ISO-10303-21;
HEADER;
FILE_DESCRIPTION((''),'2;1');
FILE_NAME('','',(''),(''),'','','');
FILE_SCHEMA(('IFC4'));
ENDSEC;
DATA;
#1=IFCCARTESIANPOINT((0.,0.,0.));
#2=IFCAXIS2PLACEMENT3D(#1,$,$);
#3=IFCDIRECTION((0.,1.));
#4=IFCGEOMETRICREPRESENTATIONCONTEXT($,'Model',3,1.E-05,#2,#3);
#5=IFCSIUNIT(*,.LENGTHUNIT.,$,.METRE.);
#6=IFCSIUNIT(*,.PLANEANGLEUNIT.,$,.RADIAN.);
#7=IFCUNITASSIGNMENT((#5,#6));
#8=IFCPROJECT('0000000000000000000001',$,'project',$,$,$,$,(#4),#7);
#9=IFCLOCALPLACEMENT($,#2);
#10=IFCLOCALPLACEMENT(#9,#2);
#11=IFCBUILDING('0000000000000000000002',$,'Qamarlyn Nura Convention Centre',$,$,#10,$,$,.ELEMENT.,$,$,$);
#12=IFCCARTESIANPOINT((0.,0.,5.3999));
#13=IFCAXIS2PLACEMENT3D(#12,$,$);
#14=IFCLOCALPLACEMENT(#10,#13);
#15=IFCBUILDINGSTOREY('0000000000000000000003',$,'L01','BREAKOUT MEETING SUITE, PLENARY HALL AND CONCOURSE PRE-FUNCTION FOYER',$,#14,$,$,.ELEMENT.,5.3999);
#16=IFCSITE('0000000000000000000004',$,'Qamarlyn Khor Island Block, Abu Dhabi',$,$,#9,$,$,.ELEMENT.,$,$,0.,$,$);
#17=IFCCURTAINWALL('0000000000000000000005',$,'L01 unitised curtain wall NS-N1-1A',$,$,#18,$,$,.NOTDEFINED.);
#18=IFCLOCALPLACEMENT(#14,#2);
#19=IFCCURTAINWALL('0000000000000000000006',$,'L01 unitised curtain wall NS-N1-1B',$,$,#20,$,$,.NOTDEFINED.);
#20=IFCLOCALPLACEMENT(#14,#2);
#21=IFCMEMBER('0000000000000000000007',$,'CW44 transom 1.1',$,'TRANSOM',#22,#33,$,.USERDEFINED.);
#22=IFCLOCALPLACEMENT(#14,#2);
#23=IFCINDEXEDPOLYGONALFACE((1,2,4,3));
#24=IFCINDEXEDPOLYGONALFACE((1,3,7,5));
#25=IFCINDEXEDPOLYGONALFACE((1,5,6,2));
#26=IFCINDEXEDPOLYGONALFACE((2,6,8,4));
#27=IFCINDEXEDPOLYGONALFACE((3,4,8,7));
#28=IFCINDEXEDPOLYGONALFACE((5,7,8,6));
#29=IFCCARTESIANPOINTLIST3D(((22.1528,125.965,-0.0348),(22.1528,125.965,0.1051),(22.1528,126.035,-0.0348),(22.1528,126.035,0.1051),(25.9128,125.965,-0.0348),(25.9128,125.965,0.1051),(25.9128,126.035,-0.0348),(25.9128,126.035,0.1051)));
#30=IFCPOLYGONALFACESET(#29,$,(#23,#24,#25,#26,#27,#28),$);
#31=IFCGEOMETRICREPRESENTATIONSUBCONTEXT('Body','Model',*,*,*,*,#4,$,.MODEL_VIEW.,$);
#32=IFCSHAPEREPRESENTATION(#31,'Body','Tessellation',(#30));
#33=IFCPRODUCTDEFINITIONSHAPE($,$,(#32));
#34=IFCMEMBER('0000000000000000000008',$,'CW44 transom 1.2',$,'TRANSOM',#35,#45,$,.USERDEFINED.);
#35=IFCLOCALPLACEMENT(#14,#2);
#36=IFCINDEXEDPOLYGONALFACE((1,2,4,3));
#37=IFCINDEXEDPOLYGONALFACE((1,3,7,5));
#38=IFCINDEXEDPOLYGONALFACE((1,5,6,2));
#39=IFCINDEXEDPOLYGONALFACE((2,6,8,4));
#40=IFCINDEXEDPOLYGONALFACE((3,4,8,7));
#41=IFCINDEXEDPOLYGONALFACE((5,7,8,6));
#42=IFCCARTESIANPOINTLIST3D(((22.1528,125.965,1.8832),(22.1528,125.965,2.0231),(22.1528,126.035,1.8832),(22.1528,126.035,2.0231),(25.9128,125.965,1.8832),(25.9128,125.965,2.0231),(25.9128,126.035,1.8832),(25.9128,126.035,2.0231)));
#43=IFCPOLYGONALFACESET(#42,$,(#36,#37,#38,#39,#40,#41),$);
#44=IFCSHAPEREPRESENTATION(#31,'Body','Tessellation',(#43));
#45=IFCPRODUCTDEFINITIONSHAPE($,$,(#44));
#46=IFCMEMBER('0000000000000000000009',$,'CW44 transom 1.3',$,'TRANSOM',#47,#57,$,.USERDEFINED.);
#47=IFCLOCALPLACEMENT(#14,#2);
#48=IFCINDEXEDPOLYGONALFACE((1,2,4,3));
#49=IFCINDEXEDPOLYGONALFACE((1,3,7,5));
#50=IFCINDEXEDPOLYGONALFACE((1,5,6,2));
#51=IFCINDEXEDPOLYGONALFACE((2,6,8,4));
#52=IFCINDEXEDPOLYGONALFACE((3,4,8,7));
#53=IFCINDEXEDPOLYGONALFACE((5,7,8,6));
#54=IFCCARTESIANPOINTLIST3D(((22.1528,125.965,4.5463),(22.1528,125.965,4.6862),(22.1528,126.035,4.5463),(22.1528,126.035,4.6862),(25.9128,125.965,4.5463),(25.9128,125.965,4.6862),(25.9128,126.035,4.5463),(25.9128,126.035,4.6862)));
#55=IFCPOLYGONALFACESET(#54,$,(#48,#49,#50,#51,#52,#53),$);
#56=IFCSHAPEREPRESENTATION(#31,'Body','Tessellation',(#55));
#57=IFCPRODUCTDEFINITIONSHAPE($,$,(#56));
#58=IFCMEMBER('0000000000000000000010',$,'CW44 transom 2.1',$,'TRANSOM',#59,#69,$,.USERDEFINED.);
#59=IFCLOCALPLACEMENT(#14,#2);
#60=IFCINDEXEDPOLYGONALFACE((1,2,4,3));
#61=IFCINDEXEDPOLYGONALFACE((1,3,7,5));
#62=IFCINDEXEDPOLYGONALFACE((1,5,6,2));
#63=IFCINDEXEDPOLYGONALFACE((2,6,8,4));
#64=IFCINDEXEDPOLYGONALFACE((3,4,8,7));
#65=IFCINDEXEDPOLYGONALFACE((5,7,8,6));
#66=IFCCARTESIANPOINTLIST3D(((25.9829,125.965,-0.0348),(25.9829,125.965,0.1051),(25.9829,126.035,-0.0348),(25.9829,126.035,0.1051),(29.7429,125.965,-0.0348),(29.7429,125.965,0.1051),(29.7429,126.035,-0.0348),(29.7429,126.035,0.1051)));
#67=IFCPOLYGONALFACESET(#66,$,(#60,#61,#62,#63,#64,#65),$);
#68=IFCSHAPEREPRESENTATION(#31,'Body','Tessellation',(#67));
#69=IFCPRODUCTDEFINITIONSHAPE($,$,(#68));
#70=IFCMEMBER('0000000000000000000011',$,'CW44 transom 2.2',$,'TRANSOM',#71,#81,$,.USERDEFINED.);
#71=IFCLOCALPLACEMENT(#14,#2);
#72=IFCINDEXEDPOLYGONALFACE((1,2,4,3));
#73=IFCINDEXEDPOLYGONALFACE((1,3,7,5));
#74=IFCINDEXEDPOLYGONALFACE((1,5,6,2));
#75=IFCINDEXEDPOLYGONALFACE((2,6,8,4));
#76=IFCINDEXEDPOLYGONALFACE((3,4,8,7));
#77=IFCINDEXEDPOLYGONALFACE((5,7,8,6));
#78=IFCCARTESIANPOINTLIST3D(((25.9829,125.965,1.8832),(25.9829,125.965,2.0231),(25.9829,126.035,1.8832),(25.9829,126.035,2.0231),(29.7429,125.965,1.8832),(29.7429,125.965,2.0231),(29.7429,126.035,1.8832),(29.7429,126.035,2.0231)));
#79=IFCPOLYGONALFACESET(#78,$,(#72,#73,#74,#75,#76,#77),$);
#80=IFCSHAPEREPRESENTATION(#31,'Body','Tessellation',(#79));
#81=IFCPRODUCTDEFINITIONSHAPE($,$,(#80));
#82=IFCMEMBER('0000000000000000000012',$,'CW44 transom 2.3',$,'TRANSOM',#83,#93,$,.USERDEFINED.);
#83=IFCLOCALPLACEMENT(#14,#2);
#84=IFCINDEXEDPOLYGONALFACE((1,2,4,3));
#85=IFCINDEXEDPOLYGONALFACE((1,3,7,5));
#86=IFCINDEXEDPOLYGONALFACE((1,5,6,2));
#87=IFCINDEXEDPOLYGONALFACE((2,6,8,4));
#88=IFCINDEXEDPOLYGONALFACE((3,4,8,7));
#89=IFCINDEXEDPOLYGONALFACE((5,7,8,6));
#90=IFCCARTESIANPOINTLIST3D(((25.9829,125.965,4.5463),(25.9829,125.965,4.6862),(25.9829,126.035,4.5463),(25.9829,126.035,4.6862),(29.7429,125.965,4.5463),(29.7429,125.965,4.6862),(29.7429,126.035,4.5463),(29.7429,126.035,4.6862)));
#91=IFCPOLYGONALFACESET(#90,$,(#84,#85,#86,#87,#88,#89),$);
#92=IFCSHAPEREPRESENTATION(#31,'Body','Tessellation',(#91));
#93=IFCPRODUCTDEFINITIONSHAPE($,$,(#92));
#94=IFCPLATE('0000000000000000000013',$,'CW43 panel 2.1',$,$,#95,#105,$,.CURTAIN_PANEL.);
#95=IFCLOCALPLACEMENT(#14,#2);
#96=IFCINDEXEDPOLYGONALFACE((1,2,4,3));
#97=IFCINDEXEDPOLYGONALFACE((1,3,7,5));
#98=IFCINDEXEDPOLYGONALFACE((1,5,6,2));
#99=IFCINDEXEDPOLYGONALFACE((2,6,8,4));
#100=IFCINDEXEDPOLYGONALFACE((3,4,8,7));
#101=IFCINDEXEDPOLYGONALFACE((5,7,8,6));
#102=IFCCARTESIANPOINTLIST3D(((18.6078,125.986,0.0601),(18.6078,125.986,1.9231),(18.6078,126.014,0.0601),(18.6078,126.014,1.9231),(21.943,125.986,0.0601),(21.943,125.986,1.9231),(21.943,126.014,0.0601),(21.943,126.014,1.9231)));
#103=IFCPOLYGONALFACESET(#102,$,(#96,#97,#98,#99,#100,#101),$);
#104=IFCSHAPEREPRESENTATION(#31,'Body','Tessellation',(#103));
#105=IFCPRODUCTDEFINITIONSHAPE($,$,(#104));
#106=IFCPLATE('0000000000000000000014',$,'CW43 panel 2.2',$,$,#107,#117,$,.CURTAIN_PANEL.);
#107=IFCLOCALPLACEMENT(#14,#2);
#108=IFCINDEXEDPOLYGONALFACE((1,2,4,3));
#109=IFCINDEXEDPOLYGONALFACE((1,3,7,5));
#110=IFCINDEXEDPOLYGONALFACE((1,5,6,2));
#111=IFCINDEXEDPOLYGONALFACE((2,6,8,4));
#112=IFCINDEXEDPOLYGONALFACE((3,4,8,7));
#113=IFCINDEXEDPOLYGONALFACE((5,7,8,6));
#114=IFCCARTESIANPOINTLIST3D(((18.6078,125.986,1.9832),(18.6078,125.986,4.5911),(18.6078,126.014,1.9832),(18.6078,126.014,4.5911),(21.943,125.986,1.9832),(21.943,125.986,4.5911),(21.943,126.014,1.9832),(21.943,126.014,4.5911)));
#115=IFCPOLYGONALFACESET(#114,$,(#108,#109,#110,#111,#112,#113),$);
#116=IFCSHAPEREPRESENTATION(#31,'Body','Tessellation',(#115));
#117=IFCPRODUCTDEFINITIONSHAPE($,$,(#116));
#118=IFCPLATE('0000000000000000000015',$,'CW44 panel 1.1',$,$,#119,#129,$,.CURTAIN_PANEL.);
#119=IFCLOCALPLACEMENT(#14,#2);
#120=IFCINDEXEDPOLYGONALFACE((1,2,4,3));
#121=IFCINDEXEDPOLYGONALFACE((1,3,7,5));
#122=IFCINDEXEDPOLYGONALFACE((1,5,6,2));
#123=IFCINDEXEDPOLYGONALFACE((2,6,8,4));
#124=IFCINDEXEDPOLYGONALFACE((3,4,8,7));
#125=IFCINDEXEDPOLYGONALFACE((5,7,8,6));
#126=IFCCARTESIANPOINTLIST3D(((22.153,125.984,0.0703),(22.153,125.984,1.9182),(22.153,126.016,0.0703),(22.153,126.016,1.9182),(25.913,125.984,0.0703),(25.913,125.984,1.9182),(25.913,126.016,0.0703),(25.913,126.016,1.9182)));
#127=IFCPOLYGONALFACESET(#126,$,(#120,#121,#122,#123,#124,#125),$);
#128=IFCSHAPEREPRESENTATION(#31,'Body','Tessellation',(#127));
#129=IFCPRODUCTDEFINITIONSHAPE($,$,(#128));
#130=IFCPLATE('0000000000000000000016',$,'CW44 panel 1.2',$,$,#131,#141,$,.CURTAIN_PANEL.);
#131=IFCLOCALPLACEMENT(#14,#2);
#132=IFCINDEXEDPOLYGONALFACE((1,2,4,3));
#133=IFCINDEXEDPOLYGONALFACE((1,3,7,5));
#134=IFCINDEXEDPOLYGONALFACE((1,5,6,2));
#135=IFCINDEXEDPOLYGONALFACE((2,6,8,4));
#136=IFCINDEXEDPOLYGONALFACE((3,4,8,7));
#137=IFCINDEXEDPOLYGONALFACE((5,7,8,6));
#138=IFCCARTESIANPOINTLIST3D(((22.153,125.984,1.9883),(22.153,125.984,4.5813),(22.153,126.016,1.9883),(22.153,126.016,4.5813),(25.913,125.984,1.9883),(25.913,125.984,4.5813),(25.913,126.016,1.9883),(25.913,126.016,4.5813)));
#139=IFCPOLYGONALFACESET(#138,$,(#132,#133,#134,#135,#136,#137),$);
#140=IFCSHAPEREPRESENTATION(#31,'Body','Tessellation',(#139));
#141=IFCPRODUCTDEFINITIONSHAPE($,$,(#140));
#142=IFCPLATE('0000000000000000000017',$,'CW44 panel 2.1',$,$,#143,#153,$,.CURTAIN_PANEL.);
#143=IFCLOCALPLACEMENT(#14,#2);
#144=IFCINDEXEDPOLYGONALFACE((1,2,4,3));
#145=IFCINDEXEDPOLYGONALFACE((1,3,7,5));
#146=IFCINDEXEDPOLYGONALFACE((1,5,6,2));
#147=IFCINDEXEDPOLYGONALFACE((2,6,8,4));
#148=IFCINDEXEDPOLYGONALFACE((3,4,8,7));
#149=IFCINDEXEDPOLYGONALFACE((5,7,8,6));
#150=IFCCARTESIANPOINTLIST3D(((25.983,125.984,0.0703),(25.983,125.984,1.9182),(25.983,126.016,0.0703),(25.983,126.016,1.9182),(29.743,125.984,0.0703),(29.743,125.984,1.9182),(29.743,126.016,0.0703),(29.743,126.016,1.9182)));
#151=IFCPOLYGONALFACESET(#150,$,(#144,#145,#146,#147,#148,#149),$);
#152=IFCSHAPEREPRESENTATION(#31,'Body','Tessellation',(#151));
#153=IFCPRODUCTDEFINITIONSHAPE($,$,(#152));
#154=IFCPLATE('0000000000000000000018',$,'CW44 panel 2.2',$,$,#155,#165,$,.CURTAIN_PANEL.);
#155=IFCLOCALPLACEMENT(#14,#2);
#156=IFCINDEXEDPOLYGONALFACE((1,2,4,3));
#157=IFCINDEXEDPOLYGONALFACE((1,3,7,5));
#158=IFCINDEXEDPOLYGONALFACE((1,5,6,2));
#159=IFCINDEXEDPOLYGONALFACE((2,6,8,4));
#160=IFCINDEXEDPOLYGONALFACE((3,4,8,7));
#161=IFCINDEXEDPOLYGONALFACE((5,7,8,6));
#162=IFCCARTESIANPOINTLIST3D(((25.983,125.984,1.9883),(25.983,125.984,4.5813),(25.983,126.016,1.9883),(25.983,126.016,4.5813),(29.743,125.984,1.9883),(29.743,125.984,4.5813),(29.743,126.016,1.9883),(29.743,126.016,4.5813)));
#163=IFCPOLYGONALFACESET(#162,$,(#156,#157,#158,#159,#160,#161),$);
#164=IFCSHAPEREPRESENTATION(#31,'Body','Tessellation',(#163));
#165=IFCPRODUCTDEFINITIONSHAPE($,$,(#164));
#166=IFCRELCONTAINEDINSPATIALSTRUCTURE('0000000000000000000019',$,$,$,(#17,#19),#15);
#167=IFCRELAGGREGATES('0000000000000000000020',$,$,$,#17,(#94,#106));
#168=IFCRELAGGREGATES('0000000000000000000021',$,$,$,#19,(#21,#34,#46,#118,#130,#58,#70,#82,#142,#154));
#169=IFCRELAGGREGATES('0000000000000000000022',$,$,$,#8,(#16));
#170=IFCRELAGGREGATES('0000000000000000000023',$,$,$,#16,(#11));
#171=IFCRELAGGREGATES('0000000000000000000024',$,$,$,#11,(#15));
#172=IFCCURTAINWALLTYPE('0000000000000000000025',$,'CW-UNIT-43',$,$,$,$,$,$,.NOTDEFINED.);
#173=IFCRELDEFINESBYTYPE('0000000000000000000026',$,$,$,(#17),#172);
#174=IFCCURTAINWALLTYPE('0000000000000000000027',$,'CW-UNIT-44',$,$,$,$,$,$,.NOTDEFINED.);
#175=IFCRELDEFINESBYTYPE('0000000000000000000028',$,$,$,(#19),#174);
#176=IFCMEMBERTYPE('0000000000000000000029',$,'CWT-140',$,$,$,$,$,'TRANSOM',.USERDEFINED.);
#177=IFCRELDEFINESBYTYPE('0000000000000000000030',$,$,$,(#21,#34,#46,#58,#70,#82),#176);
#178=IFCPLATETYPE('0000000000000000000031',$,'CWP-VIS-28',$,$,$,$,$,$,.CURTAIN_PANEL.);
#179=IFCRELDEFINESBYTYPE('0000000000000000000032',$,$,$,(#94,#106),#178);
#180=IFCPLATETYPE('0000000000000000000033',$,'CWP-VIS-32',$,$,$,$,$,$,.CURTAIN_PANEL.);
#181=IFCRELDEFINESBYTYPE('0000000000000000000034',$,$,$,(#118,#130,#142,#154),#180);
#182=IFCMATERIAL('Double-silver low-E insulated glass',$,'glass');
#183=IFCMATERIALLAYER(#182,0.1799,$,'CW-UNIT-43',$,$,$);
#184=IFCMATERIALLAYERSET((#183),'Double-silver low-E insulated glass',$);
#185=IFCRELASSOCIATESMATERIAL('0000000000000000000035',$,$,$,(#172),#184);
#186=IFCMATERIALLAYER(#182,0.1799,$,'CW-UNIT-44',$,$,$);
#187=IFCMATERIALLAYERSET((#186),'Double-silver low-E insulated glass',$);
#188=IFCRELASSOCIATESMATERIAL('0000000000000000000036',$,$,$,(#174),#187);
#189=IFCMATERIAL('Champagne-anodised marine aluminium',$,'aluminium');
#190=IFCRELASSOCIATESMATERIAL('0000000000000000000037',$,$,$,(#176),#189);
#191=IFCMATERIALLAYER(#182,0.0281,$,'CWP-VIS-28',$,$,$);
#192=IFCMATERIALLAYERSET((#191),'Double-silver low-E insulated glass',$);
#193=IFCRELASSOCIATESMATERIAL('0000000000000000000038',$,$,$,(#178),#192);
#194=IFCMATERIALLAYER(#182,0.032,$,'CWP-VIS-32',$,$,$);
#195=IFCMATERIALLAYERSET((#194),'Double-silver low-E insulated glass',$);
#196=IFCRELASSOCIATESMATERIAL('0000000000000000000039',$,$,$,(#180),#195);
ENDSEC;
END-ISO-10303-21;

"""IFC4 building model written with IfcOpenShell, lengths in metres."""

from ifc_helpers import new_model, si_unit, direction, frame, origin, origin_2d, place, context, subcontext, project, spatial, rectangle, extrude, material, layer, layer_set, material_profile, profile_set, type_object, element, aggregate, save


model = new_model("IFC4")

# Units and contexts
model_context = context("Model", 3, precision=1e-05, world=origin(), true_north=direction((0.0, 1.0)))
body_context = subcontext(model_context, "Body", "Model", "MODEL_VIEW")
ifc_project = project(units=[si_unit("LENGTHUNIT", "METRE"), si_unit("PLANEANGLEUNIT", "RADIAN")], contexts=[model_context])

# Site, building, storey
site_placement = place(None, origin())
site = spatial("IfcSite", under=ifc_project, at=site_placement, Name="Qamarlyn Khor Island Block, Abu Dhabi", CompositionType="ELEMENT", RefElevation=0.0)
building_placement = place(site_placement, origin())
building = spatial("IfcBuilding", under=site, at=building_placement, Name="Qamarlyn Nura Convention Centre", CompositionType="ELEMENT")
storey_placement = place(building_placement, frame((0.0, 0.0, 5.3999)))
storey = spatial("IfcBuildingStorey", under=building, at=storey_placement, Name="L01", Description="BREAKOUT MEETING SUITE, PLENARY HALL AND CONCOURSE PRE-FUNCTION FOYER", CompositionType="ELEMENT", Elevation=5.3999)

# Curtain wall
ifc_material_1 = material(Name="Double-silver low-E insulated glass", Category="glass")
ifc_layer_1 = layer(ifc_material_1, 0.1799, Name="CW-UNIT-43")
ifc_layer_set_1 = layer_set([ifc_layer_1], Name="Double-silver low-E insulated glass")
curtain_wall_type_1 = type_object("IfcCurtainWallType", Name="CW-UNIT-43", PredefinedType="NOTDEFINED", material=ifc_layer_set_1)
curtain_wall_1_placement = place(storey_placement, origin())
curtain_wall_1 = element("IfcCurtainWall", 1, at=curtain_wall_1_placement, inside=storey, type_object=curtain_wall_type_1, Name="L01 unitised curtain wall NS-N1-1A", PredefinedType="NOTDEFINED")
ifc_material_2 = material(Name="Champagne-anodised marine aluminium", Category="aluminium")

# Curtain wall
ifc_layer_2 = layer(ifc_material_1, 0.1799, Name="CW-UNIT-44")
ifc_layer_set_2 = layer_set([ifc_layer_2], Name="Double-silver low-E insulated glass")
curtain_wall_type_2 = type_object("IfcCurtainWallType", Name="CW-UNIT-44", PredefinedType="NOTDEFINED", material=ifc_layer_set_2)
curtain_wall_2_placement = place(storey_placement, origin())
curtain_wall_2 = element("IfcCurtainWall", 2, at=curtain_wall_2_placement, inside=storey, type_object=curtain_wall_type_2, Name="L01 unitised curtain wall NS-N1-1B", PredefinedType="NOTDEFINED")

# Members
ifc_material_profile_1 = material_profile(ifc_material_2, rectangle(XDim=0.0701, YDim=0.1399, at=origin_2d()), Name="ALU TRANSOM 70x140")
ifc_profile_set_1 = profile_set([ifc_material_profile_1], Name="Champagne-anodised marine aluminium")
member_type_1 = type_object("IfcMemberType", Name="CWT-140", ElementType="TRANSOM", PredefinedType="USERDEFINED", material=ifc_profile_set_1)
member_1_placement = place(storey_placement, frame((22.1528, 126.0, 0.0352), z_axis=(1.0, 0.0, 0.0), x_axis=(0.0, 1.0, 0.0)))
member_1 = element("IfcMember", 3, at=member_1_placement, type_object=member_type_1, Name="CW44 transom 1.1", ObjectType="TRANSOM", PredefinedType="USERDEFINED", context=body_context, shape_type="SweptSolid", body=[
    extrude(rectangle(XDim=0.0701, YDim=0.1399, at=origin_2d()), origin(), (0.0, 0.0, 1.0), 3.76),
])
member_2_placement = place(storey_placement, frame((22.1528, 126.0, 1.9531), z_axis=(1.0, 0.0, 0.0), x_axis=(0.0, 1.0, 0.0)))
member_2 = element("IfcMember", 4, at=member_2_placement, type_object=member_type_1, Name="CW44 transom 1.2", ObjectType="TRANSOM", PredefinedType="USERDEFINED", context=body_context, shape_type="SweptSolid", body=[
    extrude(rectangle(XDim=0.0701, YDim=0.1399, at=origin_2d()), origin(), (0.0, 0.0, 1.0), 3.76),
])
member_3_placement = place(storey_placement, frame((22.1528, 126.0, 4.6162), z_axis=(1.0, 0.0, 0.0), x_axis=(0.0, 1.0, 0.0)))
member_3 = element("IfcMember", 5, at=member_3_placement, type_object=member_type_1, Name="CW44 transom 1.3", ObjectType="TRANSOM", PredefinedType="USERDEFINED", context=body_context, shape_type="SweptSolid", body=[
    extrude(rectangle(XDim=0.0701, YDim=0.1399, at=origin_2d()), origin(), (0.0, 0.0, 1.0), 3.76),
])
member_4_placement = place(storey_placement, frame((25.9829, 126.0, 0.0352), z_axis=(1.0, 0.0, 0.0), x_axis=(0.0, 1.0, 0.0)))
member_4 = element("IfcMember", 6, at=member_4_placement, type_object=member_type_1, Name="CW44 transom 2.1", ObjectType="TRANSOM", PredefinedType="USERDEFINED", context=body_context, shape_type="SweptSolid", body=[
    extrude(rectangle(XDim=0.0701, YDim=0.1399, at=origin_2d()), origin(), (0.0, 0.0, 1.0), 3.76),
])
member_5_placement = place(storey_placement, frame((25.9829, 126.0, 1.9531), z_axis=(1.0, 0.0, 0.0), x_axis=(0.0, 1.0, 0.0)))
member_5 = element("IfcMember", 7, at=member_5_placement, type_object=member_type_1, Name="CW44 transom 2.2", ObjectType="TRANSOM", PredefinedType="USERDEFINED", context=body_context, shape_type="SweptSolid", body=[
    extrude(rectangle(XDim=0.0701, YDim=0.1399, at=origin_2d()), origin(), (0.0, 0.0, 1.0), 3.76),
])
member_6_placement = place(storey_placement, frame((25.9829, 126.0, 4.6162), z_axis=(1.0, 0.0, 0.0), x_axis=(0.0, 1.0, 0.0)))
member_6 = element("IfcMember", 8, at=member_6_placement, type_object=member_type_1, Name="CW44 transom 2.3", ObjectType="TRANSOM", PredefinedType="USERDEFINED", context=body_context, shape_type="SweptSolid", body=[
    extrude(rectangle(XDim=0.0701, YDim=0.1399, at=origin_2d()), origin(), (0.0, 0.0, 1.0), 3.76),
])

# Plates
ifc_layer_3 = layer(ifc_material_1, 0.0281, Name="CWP-VIS-28")
ifc_layer_set_3 = layer_set([ifc_layer_3], Name="Double-silver low-E insulated glass")
plate_type_1 = type_object("IfcPlateType", Name="CWP-VIS-28", PredefinedType="CURTAIN_PANEL", material=ifc_layer_set_3)
plate_1_placement = place(storey_placement, frame((20.2754, 126.0, 0.0601), z_axis=(0.0, 0.0, 1.0), x_axis=(1.0, 0.0, 0.0)))
plate_1 = element("IfcPlate", 9, at=plate_1_placement, type_object=plate_type_1, Name="CW43 panel 2.1", PredefinedType="CURTAIN_PANEL", context=body_context, shape_type="SweptSolid", body=[
    extrude(rectangle(XDim=3.3352, YDim=0.0281, at=origin_2d()), origin(), (0.0, 0.0, 1.0), 1.863),
])
plate_2_placement = place(storey_placement, frame((20.2754, 126.0, 1.9832), z_axis=(0.0, 0.0, 1.0), x_axis=(1.0, 0.0, 0.0)))
plate_2 = element("IfcPlate", 10, at=plate_2_placement, type_object=plate_type_1, Name="CW43 panel 2.2", PredefinedType="CURTAIN_PANEL", context=body_context, shape_type="SweptSolid", body=[
    extrude(rectangle(XDim=3.3352, YDim=0.0281, at=origin_2d()), origin(), (0.0, 0.0, 1.0), 2.6079),
])
aggregate(curtain_wall_1, [plate_1, plate_2])
ifc_layer_4 = layer(ifc_material_1, 0.032, Name="CWP-VIS-32")
ifc_layer_set_4 = layer_set([ifc_layer_4], Name="Double-silver low-E insulated glass")
plate_type_2 = type_object("IfcPlateType", Name="CWP-VIS-32", PredefinedType="CURTAIN_PANEL", material=ifc_layer_set_4)
plate_3_placement = place(storey_placement, frame((24.033, 126.0, 0.0703), z_axis=(0.0, 0.0, 1.0), x_axis=(1.0, 0.0, 0.0)))
plate_3 = element("IfcPlate", 11, at=plate_3_placement, type_object=plate_type_2, Name="CW44 panel 1.1", PredefinedType="CURTAIN_PANEL", context=body_context, shape_type="SweptSolid", body=[
    extrude(rectangle(XDim=3.76, YDim=0.032, at=origin_2d()), origin(), (0.0, 0.0, 1.0), 1.8479),
])
plate_4_placement = place(storey_placement, frame((24.033, 126.0, 1.9883), z_axis=(0.0, 0.0, 1.0), x_axis=(1.0, 0.0, 0.0)))
plate_4 = element("IfcPlate", 12, at=plate_4_placement, type_object=plate_type_2, Name="CW44 panel 1.2", PredefinedType="CURTAIN_PANEL", context=body_context, shape_type="SweptSolid", body=[
    extrude(rectangle(XDim=3.76, YDim=0.032, at=origin_2d()), origin(), (0.0, 0.0, 1.0), 2.593),
])
plate_5_placement = place(storey_placement, frame((27.863, 126.0, 0.0703), z_axis=(0.0, 0.0, 1.0), x_axis=(1.0, 0.0, 0.0)))
plate_5 = element("IfcPlate", 13, at=plate_5_placement, type_object=plate_type_2, Name="CW44 panel 2.1", PredefinedType="CURTAIN_PANEL", context=body_context, shape_type="SweptSolid", body=[
    extrude(rectangle(XDim=3.76, YDim=0.032, at=origin_2d()), origin(), (0.0, 0.0, 1.0), 1.8479),
])
plate_6_placement = place(storey_placement, frame((27.863, 126.0, 1.9883), z_axis=(0.0, 0.0, 1.0), x_axis=(1.0, 0.0, 0.0)))
plate_6 = element("IfcPlate", 14, at=plate_6_placement, type_object=plate_type_2, Name="CW44 panel 2.2", PredefinedType="CURTAIN_PANEL", context=body_context, shape_type="SweptSolid", body=[
    extrude(rectangle(XDim=3.76, YDim=0.032, at=origin_2d()), origin(), (0.0, 0.0, 1.0), 2.593),
])
aggregate(curtain_wall_2, [member_1, member_2, member_3, plate_3, plate_4, member_4, member_5, member_6, plate_5, plate_6])

save(model, "model.ifc")
